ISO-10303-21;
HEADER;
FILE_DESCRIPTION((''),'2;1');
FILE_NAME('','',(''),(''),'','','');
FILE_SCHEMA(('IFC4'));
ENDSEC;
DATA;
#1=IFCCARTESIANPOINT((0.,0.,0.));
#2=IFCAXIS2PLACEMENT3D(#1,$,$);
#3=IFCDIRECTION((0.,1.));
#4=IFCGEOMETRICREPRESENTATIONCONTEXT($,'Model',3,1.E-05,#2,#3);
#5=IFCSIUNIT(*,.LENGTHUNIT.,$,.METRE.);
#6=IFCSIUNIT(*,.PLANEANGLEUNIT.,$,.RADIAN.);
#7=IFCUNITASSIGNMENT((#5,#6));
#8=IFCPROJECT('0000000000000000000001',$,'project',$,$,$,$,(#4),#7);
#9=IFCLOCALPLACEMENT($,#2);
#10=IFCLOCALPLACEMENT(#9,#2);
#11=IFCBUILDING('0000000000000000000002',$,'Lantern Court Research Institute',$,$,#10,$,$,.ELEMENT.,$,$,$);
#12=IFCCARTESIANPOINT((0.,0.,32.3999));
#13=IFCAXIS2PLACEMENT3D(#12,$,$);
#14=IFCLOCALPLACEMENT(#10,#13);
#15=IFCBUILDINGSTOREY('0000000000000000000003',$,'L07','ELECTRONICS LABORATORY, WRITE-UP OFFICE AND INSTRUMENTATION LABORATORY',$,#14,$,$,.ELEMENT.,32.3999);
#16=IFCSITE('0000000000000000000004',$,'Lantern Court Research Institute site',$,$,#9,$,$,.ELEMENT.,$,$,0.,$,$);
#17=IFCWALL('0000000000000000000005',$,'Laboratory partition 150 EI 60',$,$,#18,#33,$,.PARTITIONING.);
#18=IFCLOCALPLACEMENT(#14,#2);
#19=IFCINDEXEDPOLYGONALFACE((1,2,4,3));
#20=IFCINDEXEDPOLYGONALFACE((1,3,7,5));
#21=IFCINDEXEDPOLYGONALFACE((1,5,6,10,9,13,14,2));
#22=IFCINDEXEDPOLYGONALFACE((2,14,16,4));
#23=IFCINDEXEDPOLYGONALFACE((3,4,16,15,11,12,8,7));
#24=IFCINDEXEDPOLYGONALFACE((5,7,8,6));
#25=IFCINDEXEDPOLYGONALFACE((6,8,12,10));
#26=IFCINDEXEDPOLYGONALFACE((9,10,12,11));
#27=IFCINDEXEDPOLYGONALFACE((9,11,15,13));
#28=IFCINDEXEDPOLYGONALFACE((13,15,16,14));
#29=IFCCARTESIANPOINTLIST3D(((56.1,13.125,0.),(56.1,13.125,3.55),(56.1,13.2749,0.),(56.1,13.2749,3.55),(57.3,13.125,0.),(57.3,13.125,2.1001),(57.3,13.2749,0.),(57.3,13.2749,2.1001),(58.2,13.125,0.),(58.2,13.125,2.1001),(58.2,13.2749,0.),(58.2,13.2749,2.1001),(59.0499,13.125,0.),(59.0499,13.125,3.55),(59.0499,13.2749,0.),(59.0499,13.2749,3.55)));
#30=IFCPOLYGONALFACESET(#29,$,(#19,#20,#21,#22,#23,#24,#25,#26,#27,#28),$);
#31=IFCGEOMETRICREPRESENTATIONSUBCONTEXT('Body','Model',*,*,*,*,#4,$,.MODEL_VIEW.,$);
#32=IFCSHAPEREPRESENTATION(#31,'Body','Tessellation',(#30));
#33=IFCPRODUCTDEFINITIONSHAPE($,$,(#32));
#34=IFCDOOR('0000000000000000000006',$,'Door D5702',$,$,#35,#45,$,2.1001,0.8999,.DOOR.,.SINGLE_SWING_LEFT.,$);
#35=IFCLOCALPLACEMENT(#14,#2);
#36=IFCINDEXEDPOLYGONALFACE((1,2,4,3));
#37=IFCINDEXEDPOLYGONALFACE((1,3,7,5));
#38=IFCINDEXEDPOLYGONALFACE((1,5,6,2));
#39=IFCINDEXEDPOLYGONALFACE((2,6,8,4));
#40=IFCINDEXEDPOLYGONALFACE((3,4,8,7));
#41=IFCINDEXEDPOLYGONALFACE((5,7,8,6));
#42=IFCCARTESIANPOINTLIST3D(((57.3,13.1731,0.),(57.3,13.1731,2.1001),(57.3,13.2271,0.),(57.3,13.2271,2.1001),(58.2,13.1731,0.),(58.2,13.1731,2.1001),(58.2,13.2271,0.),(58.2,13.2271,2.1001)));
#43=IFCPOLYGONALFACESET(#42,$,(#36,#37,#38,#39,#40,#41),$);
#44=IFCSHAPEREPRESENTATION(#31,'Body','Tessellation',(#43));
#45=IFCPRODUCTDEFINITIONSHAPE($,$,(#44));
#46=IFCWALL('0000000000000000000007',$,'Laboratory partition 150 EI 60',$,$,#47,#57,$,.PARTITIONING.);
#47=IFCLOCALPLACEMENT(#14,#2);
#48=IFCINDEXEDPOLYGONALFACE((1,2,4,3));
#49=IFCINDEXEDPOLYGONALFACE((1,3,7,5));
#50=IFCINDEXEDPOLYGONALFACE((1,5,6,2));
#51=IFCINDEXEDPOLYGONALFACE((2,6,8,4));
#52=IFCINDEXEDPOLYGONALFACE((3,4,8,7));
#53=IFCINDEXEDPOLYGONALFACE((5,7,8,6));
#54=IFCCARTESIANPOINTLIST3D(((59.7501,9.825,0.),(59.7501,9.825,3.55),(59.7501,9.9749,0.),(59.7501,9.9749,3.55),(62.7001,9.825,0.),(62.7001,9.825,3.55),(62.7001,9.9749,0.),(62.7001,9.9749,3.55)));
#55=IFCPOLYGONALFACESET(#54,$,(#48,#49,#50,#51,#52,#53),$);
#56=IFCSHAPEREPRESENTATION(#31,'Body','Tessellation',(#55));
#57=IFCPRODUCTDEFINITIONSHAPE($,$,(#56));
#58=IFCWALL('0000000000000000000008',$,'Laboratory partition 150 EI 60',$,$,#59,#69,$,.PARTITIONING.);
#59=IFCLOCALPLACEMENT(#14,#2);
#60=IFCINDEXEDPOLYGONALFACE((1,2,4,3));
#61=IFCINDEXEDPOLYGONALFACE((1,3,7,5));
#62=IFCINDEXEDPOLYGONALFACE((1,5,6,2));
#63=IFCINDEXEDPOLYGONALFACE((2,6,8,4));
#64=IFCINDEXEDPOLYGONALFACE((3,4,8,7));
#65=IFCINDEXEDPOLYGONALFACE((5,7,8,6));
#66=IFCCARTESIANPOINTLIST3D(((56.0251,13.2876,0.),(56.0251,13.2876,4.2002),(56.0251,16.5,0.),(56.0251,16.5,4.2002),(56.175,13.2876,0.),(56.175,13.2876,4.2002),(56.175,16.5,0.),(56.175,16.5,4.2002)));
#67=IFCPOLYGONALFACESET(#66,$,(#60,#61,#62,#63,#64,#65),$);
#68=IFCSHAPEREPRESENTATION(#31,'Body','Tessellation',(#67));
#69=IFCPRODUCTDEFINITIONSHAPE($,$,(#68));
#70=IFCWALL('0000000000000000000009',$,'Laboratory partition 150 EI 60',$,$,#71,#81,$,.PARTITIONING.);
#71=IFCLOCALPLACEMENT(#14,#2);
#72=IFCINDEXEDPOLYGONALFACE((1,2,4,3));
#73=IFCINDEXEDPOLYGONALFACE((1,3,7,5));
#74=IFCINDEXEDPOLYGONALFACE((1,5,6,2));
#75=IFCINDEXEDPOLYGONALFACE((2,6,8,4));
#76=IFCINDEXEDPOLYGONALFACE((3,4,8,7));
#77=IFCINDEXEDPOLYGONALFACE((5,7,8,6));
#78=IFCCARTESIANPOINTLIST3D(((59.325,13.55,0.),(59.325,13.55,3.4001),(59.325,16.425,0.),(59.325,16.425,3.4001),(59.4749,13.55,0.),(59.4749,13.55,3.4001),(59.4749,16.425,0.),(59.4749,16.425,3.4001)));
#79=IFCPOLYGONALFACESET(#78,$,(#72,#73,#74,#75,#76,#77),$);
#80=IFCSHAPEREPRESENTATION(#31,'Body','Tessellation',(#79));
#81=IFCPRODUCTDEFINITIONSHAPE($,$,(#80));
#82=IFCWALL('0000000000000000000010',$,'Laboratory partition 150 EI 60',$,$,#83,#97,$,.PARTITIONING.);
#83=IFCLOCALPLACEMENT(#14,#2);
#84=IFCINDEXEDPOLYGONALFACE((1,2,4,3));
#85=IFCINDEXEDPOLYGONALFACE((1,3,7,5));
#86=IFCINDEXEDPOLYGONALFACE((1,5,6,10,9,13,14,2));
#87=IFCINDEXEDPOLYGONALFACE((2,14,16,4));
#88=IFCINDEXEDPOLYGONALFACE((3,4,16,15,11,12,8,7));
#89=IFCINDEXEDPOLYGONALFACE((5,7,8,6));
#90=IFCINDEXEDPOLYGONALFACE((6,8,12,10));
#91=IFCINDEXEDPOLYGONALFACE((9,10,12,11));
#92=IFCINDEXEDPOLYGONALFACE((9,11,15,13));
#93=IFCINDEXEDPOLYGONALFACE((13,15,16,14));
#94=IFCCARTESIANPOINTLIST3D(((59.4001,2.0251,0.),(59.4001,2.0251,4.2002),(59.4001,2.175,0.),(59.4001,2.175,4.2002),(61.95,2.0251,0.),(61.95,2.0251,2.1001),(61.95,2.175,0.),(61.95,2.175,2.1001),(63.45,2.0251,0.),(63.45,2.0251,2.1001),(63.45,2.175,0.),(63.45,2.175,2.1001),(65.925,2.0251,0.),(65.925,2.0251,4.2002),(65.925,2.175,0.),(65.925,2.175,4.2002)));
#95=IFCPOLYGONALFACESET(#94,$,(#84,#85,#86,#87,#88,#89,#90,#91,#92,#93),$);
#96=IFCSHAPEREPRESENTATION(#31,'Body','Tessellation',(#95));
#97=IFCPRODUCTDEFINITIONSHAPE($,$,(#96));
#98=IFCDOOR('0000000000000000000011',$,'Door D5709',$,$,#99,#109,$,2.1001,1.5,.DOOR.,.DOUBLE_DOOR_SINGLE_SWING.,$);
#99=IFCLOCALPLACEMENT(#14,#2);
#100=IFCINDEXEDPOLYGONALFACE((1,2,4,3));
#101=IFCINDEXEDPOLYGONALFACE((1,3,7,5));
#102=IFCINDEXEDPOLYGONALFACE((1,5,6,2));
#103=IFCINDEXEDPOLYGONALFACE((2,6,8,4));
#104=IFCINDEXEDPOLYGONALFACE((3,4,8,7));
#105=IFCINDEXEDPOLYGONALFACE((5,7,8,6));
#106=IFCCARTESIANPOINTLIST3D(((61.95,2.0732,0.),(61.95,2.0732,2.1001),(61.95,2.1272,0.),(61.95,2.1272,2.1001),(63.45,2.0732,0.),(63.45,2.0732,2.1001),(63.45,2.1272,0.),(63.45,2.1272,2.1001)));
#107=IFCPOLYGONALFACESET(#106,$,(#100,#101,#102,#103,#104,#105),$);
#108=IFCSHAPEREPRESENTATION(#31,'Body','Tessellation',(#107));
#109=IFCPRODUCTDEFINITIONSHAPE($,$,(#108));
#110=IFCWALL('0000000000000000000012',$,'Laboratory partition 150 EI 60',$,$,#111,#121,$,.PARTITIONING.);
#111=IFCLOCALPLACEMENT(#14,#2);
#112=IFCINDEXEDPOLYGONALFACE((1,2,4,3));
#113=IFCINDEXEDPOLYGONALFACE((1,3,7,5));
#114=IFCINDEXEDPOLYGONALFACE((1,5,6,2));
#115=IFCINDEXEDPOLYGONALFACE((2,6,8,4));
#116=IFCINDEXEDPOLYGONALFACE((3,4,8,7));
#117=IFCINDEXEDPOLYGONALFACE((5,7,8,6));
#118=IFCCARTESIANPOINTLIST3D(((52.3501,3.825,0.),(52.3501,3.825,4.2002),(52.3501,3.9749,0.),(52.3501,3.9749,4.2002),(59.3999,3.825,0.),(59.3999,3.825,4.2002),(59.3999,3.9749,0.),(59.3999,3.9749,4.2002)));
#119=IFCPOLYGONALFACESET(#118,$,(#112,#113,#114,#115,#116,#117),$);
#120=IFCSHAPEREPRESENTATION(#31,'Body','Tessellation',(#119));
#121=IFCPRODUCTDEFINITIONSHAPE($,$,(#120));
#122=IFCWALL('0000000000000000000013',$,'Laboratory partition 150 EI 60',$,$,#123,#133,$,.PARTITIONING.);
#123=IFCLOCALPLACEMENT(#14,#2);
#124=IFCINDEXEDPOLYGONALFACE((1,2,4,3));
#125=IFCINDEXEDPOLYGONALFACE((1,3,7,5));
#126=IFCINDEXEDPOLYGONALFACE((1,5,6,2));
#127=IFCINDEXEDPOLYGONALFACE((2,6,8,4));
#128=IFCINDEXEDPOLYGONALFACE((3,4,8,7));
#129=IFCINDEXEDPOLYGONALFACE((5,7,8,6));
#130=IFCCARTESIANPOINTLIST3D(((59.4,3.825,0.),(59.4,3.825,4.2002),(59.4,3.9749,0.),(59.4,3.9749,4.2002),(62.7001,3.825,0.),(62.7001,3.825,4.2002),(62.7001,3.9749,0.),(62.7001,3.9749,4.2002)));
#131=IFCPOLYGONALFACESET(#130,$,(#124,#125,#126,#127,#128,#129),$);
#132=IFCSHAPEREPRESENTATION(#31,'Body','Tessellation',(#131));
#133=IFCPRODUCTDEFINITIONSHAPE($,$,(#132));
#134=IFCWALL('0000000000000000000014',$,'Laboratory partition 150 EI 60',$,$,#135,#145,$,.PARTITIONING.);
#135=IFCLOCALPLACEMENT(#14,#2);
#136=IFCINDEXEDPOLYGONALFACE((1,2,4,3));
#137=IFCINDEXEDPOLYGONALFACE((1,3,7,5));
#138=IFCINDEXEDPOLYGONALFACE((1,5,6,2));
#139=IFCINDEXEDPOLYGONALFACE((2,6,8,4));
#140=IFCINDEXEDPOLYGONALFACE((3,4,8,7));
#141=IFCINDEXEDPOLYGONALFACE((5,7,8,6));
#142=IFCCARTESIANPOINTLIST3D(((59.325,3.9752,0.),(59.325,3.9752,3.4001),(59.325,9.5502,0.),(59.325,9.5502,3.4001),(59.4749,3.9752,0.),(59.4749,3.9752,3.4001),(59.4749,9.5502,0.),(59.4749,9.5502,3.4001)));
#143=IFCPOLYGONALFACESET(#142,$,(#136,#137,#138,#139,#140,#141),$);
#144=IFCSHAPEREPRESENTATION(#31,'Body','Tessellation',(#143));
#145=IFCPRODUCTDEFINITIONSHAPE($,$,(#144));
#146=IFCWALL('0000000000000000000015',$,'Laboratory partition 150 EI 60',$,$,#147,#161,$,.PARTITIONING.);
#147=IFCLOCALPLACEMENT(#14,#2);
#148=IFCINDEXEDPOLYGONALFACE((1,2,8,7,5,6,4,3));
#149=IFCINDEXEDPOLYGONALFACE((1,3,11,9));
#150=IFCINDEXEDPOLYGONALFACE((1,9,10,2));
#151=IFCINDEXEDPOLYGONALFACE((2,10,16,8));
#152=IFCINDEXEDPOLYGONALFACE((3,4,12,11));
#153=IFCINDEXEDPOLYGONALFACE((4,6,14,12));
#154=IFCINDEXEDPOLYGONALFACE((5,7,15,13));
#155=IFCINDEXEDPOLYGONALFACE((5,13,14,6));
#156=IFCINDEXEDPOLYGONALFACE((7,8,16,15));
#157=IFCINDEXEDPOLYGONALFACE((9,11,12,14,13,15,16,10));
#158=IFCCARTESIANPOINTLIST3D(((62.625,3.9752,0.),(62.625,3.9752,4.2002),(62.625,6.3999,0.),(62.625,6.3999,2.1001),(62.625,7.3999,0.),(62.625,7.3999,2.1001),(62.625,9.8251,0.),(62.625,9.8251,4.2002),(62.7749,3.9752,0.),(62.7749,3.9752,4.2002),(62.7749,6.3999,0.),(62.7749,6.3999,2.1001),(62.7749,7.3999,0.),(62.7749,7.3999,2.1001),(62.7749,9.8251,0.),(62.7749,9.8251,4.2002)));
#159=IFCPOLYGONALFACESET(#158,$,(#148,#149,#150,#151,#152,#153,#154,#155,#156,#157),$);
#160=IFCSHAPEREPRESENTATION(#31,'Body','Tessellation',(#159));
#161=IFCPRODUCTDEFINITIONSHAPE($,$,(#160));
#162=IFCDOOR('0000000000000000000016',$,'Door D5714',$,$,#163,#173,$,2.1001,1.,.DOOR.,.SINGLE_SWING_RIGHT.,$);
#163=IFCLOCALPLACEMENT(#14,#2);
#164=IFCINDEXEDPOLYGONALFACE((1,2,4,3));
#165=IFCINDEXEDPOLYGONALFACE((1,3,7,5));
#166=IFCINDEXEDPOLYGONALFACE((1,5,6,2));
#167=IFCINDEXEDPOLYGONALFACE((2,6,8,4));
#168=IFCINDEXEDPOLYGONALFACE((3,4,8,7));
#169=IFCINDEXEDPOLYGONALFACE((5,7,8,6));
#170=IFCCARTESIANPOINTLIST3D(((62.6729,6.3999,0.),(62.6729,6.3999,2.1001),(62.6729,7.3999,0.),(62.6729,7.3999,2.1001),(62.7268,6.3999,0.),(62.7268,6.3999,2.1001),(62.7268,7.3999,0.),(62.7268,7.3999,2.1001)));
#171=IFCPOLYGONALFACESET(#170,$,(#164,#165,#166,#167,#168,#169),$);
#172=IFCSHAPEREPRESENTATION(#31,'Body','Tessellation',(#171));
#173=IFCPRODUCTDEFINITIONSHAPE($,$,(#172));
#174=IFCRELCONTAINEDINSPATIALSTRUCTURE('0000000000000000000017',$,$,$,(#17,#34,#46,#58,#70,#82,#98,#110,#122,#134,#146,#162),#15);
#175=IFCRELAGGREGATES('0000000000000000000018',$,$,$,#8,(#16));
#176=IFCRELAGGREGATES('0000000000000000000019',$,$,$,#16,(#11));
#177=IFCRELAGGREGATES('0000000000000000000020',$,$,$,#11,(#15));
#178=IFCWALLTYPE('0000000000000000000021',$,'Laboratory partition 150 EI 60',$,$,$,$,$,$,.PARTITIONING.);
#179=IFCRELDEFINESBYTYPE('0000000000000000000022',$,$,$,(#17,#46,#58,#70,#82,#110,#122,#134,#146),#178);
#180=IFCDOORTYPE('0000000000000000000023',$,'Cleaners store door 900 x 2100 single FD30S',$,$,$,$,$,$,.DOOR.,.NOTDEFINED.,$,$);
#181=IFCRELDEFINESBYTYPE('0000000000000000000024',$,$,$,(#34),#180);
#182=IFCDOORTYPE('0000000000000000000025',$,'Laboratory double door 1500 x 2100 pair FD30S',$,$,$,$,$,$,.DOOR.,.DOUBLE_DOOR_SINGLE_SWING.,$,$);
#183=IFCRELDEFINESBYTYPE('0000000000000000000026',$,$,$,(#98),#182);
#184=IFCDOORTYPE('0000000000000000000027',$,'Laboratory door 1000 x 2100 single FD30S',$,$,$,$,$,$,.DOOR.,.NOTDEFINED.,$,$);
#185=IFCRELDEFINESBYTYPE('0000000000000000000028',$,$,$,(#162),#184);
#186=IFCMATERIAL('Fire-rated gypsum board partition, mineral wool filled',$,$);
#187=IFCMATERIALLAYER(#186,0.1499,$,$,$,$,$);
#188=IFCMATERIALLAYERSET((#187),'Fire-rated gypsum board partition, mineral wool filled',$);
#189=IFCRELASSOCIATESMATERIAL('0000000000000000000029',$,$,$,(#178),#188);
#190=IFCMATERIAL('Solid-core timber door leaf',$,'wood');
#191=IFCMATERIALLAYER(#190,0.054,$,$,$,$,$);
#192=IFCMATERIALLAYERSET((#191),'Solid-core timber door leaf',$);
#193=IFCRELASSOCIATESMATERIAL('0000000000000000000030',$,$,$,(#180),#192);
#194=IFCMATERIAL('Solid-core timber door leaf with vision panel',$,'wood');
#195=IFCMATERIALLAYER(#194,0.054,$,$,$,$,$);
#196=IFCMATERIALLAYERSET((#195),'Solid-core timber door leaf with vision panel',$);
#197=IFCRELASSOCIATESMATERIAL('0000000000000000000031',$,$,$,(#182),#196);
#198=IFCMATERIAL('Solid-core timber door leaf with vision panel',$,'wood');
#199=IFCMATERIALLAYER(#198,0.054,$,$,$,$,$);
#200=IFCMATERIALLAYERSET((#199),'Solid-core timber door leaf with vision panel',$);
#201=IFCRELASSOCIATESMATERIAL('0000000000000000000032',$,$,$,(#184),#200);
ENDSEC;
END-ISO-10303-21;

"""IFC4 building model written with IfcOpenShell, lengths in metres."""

from ifc_helpers import new_model, si_unit, direction, frame, frame_2d, origin, place, context, subcontext, project, spatial, rectangle, extrude, material, layer, layer_set, type_object, element, fill, save


model = new_model("IFC4")

# Units and contexts
model_context = context("Model", 3, precision=1e-05, world=origin(), true_north=direction((0.0, 1.0)))
body_context = subcontext(model_context, "Body", "Model", "MODEL_VIEW")
ifc_project = project(units=[si_unit("LENGTHUNIT", "METRE"), si_unit("PLANEANGLEUNIT", "RADIAN")], contexts=[model_context])

# Site, building, storey
site_placement = place(None, origin())
site = spatial("IfcSite", under=ifc_project, at=site_placement, Name="Lantern Court Research Institute site", CompositionType="ELEMENT", RefElevation=0.0)
building_placement = place(site_placement, origin())
building = spatial("IfcBuilding", under=site, at=building_placement, Name="Lantern Court Research Institute", CompositionType="ELEMENT")
storey_placement = place(building_placement, frame((0.0, 0.0, 32.3999)))
storey = spatial("IfcBuildingStorey", under=building, at=storey_placement, Name="L07", Description="ELECTRONICS LABORATORY, WRITE-UP OFFICE AND INSTRUMENTATION LABORATORY", CompositionType="ELEMENT", Elevation=32.3999)

# Wall, opening, door
ifc_material_1 = material(Name="Fire-rated gypsum board partition, mineral wool filled")
ifc_layer_1 = layer(ifc_material_1, 0.1499)
ifc_layer_set_1 = layer_set([ifc_layer_1], Name="Fire-rated gypsum board partition, mineral wool filled")
wall_type_1 = type_object("IfcWallType", Name="Laboratory partition 150 EI 60", PredefinedType="PARTITIONING", material=ifc_layer_set_1)
wall_1_placement = place(storey_placement, frame((59.05, 13.2, 0.0), z_axis=(0.0, 0.0, 1.0), x_axis=(-1.0, 0.0, 0.0)))
wall_1 = element("IfcWall", 1, at=wall_1_placement, inside=storey, type_object=wall_type_1, Name="Laboratory partition 150 EI 60", PredefinedType="PARTITIONING", context=body_context, shape_type="SweptSolid", body=[
    extrude(rectangle(XDim=2.95, YDim=0.1499, at=frame_2d((1.4751, 0.0))), origin(), (0.0, 0.0, 1.0), 3.55),
])
opening_1_placement = place(wall_1_placement, frame((0.8501, 0.0, 0.0)))
opening_1 = element("IfcOpeningElement", 2, at=opening_1_placement, cuts=wall_1, PredefinedType="OPENING", context=body_context, shape_type="SweptSolid", body=[
    extrude(rectangle(XDim=0.8999, YDim=2.1001, at=frame_2d((0.45, 1.05))), frame((0.0, 0.085, 0.0), z_axis=(0.0, -1.0, 0.0), x_axis=(1.0, 0.0, 0.0)), (0.0, 0.0, 1.0), 0.1699),
])
ifc_material_2 = material(Name="Solid-core timber door leaf", Category="wood")
ifc_layer_2 = layer(ifc_material_2, 0.054)
ifc_layer_set_2 = layer_set([ifc_layer_2], Name="Solid-core timber door leaf")
door_type_1 = type_object("IfcDoorType", Name="Cleaners store door 900 x 2100 single FD30S", OperationType="NOTDEFINED", PredefinedType="DOOR", material=ifc_layer_set_2)
door_1_placement = place(opening_1_placement, origin())
door_1 = element("IfcDoor", 3, at=door_1_placement, inside=storey, type_object=door_type_1, Name="Door D5702", OperationType="SINGLE_SWING_LEFT", OverallHeight=2.1001, OverallWidth=0.8999, PredefinedType="DOOR", context=body_context, shape_type="SweptSolid", body=[
    extrude(rectangle(XDim=0.8999, YDim=2.1001, at=frame_2d((0.45, 1.05))), frame((0.0, 0.0269, 0.0), z_axis=(0.0, -1.0, 0.0), x_axis=(1.0, 0.0, 0.0)), (0.0, 0.0, 1.0), 0.054),
])
fill(opening_1, door_1)

# Walls
wall_2_placement = place(storey_placement, frame((59.75, 9.8999, 0.0), z_axis=(0.0, 0.0, 1.0), x_axis=(1.0, 0.0, 0.0)))
element("IfcWall", 4, at=wall_2_placement, inside=storey, type_object=wall_type_1, Name="Laboratory partition 150 EI 60", PredefinedType="PARTITIONING", context=body_context, shape_type="SweptSolid", body=[
    extrude(rectangle(XDim=2.95, YDim=0.1499, at=frame_2d((1.4751, 0.0))), origin(), (0.0, 0.0, 1.0), 3.55),
])
wall_3_placement = place(storey_placement, frame((56.1001, 13.2876, 0.0), z_axis=(0.0, 0.0, 1.0), x_axis=(0.0, 1.0, 0.0)))
element("IfcWall", 5, at=wall_3_placement, inside=storey, type_object=wall_type_1, Name="Laboratory partition 150 EI 60", PredefinedType="PARTITIONING", context=body_context, shape_type="SweptSolid", body=[
    extrude(rectangle(XDim=3.2124, YDim=0.1499, at=frame_2d((1.6062, 0.0))), origin(), (0.0, 0.0, 1.0), 4.2002),
])
wall_4_placement = place(storey_placement, frame((59.3999, 13.55, 0.0), z_axis=(0.0, 0.0, 1.0), x_axis=(0.0, 1.0, 0.0)))
element("IfcWall", 6, at=wall_4_placement, inside=storey, type_object=wall_type_1, Name="Laboratory partition 150 EI 60", PredefinedType="PARTITIONING", context=body_context, shape_type="SweptSolid", body=[
    extrude(rectangle(XDim=2.875, YDim=0.1499, at=frame_2d((1.4375, 0.0))), origin(), (0.0, 0.0, 1.0), 3.4001),
])

# Wall, opening, door
wall_5_placement = place(storey_placement, frame((65.925, 2.1001, 0.0), z_axis=(0.0, 0.0, 1.0), x_axis=(-1.0, 0.0, 0.0)))
wall_5 = element("IfcWall", 7, at=wall_5_placement, inside=storey, type_object=wall_type_1, Name="Laboratory partition 150 EI 60", PredefinedType="PARTITIONING", context=body_context, shape_type="SweptSolid", body=[
    extrude(rectangle(XDim=6.5249, YDim=0.1499, at=frame_2d((3.2625, 0.0))), origin(), (0.0, 0.0, 1.0), 4.2002),
])
opening_2_placement = place(wall_5_placement, frame((2.4751, 0.0, 0.0)))
opening_2 = element("IfcOpeningElement", 8, at=opening_2_placement, cuts=wall_5, PredefinedType="OPENING", context=body_context, shape_type="SweptSolid", body=[
    extrude(rectangle(XDim=1.5, YDim=2.1001, at=frame_2d((0.75, 1.05))), frame((0.0, 0.085, 0.0), z_axis=(0.0, -1.0, 0.0), x_axis=(1.0, 0.0, 0.0)), (0.0, 0.0, 1.0), 0.1699),
])
ifc_material_3 = material(Name="Solid-core timber door leaf with vision panel", Category="wood")
ifc_layer_3 = layer(ifc_material_3, 0.054)
ifc_layer_set_3 = layer_set([ifc_layer_3], Name="Solid-core timber door leaf with vision panel")
door_type_2 = type_object("IfcDoorType", Name="Laboratory double door 1500 x 2100 pair FD30S", OperationType="DOUBLE_DOOR_SINGLE_SWING", PredefinedType="DOOR", material=ifc_layer_set_3)
door_2_placement = place(opening_2_placement, origin())
door_2 = element("IfcDoor", 9, at=door_2_placement, inside=storey, type_object=door_type_2, Name="Door D5709", OperationType="DOUBLE_DOOR_SINGLE_SWING", OverallHeight=2.1001, OverallWidth=1.5, PredefinedType="DOOR", context=body_context, shape_type="SweptSolid", body=[
    extrude(rectangle(XDim=1.5, YDim=2.1001, at=frame_2d((0.75, 1.05))), frame((0.0, 0.0269, 0.0), z_axis=(0.0, -1.0, 0.0), x_axis=(1.0, 0.0, 0.0)), (0.0, 0.0, 1.0), 0.054),
])
fill(opening_2, door_2)

# Walls
wall_6_placement = place(storey_placement, frame((59.3999, 3.8999, 0.0), z_axis=(0.0, 0.0, 1.0), x_axis=(-1.0, 0.0, 0.0)))
element("IfcWall", 10, at=wall_6_placement, inside=storey, type_object=wall_type_1, Name="Laboratory partition 150 EI 60", PredefinedType="PARTITIONING", context=body_context, shape_type="SweptSolid", body=[
    extrude(rectangle(XDim=7.0498, YDim=0.1499, at=frame_2d((3.5249, 0.0))), origin(), (0.0, 0.0, 1.0), 4.2002),
])
wall_7_placement = place(storey_placement, frame((62.7, 3.8999, 0.0), z_axis=(0.0, 0.0, 1.0), x_axis=(-1.0, 0.0, 0.0)))
element("IfcWall", 11, at=wall_7_placement, inside=storey, type_object=wall_type_1, Name="Laboratory partition 150 EI 60", PredefinedType="PARTITIONING", context=body_context, shape_type="SweptSolid", body=[
    extrude(rectangle(XDim=3.3, YDim=0.1499, at=frame_2d((1.6499, 0.0))), origin(), (0.0, 0.0, 1.0), 4.2002),
])
wall_8_placement = place(storey_placement, frame((59.3999, 3.9751, 0.0), z_axis=(0.0, 0.0, 1.0), x_axis=(0.0, 1.0, 0.0)))
element("IfcWall", 12, at=wall_8_placement, inside=storey, type_object=wall_type_1, Name="Laboratory partition 150 EI 60", PredefinedType="PARTITIONING", context=body_context, shape_type="SweptSolid", body=[
    extrude(rectangle(XDim=5.575, YDim=0.1499, at=frame_2d((2.7876, 0.0))), origin(), (0.0, 0.0, 1.0), 3.4001),
])

# Wall, opening, door
wall_9_placement = place(storey_placement, frame((62.7, 9.825, 0.0), z_axis=(0.0, 0.0, 1.0), x_axis=(0.0, -1.0, 0.0)))
wall_9 = element("IfcWall", 13, at=wall_9_placement, inside=storey, type_object=wall_type_1, Name="Laboratory partition 150 EI 60", PredefinedType="PARTITIONING", context=body_context, shape_type="SweptSolid", body=[
    extrude(rectangle(XDim=5.8499, YDim=0.1499, at=frame_2d((2.9248, 0.0))), origin(), (0.0, 0.0, 1.0), 4.2002),
])
opening_3_placement = place(wall_9_placement, frame((2.425, 0.0, 0.0)))
opening_3 = element("IfcOpeningElement", 14, at=opening_3_placement, cuts=wall_9, PredefinedType="OPENING", context=body_context, shape_type="SweptSolid", body=[
    extrude(rectangle(XDim=1.0, YDim=2.1001, at=frame_2d((0.5, 1.05))), frame((0.0, 0.085, 0.0), z_axis=(0.0, -1.0, 0.0), x_axis=(1.0, 0.0, 0.0)), (0.0, 0.0, 1.0), 0.1699),
])
ifc_material_4 = material(Name="Solid-core timber door leaf with vision panel", Category="wood")
ifc_layer_4 = layer(ifc_material_4, 0.054)
ifc_layer_set_4 = layer_set([ifc_layer_4], Name="Solid-core timber door leaf with vision panel")
door_type_3 = type_object("IfcDoorType", Name="Laboratory door 1000 x 2100 single FD30S", OperationType="NOTDEFINED", PredefinedType="DOOR", material=ifc_layer_set_4)
door_3_placement = place(opening_3_placement, origin())
door_3 = element("IfcDoor", 15, at=door_3_placement, inside=storey, type_object=door_type_3, Name="Door D5714", OperationType="SINGLE_SWING_RIGHT", OverallHeight=2.1001, OverallWidth=1.0, PredefinedType="DOOR", context=body_context, shape_type="SweptSolid", body=[
    extrude(rectangle(XDim=1.0, YDim=2.1001, at=frame_2d((0.5, 1.05))), frame((0.0, 0.0269, 0.0), z_axis=(0.0, -1.0, 0.0), x_axis=(1.0, 0.0, 0.0)), (0.0, 0.0, 1.0), 0.054),
])
fill(opening_3, door_3)

save(model, "model.ifc")
